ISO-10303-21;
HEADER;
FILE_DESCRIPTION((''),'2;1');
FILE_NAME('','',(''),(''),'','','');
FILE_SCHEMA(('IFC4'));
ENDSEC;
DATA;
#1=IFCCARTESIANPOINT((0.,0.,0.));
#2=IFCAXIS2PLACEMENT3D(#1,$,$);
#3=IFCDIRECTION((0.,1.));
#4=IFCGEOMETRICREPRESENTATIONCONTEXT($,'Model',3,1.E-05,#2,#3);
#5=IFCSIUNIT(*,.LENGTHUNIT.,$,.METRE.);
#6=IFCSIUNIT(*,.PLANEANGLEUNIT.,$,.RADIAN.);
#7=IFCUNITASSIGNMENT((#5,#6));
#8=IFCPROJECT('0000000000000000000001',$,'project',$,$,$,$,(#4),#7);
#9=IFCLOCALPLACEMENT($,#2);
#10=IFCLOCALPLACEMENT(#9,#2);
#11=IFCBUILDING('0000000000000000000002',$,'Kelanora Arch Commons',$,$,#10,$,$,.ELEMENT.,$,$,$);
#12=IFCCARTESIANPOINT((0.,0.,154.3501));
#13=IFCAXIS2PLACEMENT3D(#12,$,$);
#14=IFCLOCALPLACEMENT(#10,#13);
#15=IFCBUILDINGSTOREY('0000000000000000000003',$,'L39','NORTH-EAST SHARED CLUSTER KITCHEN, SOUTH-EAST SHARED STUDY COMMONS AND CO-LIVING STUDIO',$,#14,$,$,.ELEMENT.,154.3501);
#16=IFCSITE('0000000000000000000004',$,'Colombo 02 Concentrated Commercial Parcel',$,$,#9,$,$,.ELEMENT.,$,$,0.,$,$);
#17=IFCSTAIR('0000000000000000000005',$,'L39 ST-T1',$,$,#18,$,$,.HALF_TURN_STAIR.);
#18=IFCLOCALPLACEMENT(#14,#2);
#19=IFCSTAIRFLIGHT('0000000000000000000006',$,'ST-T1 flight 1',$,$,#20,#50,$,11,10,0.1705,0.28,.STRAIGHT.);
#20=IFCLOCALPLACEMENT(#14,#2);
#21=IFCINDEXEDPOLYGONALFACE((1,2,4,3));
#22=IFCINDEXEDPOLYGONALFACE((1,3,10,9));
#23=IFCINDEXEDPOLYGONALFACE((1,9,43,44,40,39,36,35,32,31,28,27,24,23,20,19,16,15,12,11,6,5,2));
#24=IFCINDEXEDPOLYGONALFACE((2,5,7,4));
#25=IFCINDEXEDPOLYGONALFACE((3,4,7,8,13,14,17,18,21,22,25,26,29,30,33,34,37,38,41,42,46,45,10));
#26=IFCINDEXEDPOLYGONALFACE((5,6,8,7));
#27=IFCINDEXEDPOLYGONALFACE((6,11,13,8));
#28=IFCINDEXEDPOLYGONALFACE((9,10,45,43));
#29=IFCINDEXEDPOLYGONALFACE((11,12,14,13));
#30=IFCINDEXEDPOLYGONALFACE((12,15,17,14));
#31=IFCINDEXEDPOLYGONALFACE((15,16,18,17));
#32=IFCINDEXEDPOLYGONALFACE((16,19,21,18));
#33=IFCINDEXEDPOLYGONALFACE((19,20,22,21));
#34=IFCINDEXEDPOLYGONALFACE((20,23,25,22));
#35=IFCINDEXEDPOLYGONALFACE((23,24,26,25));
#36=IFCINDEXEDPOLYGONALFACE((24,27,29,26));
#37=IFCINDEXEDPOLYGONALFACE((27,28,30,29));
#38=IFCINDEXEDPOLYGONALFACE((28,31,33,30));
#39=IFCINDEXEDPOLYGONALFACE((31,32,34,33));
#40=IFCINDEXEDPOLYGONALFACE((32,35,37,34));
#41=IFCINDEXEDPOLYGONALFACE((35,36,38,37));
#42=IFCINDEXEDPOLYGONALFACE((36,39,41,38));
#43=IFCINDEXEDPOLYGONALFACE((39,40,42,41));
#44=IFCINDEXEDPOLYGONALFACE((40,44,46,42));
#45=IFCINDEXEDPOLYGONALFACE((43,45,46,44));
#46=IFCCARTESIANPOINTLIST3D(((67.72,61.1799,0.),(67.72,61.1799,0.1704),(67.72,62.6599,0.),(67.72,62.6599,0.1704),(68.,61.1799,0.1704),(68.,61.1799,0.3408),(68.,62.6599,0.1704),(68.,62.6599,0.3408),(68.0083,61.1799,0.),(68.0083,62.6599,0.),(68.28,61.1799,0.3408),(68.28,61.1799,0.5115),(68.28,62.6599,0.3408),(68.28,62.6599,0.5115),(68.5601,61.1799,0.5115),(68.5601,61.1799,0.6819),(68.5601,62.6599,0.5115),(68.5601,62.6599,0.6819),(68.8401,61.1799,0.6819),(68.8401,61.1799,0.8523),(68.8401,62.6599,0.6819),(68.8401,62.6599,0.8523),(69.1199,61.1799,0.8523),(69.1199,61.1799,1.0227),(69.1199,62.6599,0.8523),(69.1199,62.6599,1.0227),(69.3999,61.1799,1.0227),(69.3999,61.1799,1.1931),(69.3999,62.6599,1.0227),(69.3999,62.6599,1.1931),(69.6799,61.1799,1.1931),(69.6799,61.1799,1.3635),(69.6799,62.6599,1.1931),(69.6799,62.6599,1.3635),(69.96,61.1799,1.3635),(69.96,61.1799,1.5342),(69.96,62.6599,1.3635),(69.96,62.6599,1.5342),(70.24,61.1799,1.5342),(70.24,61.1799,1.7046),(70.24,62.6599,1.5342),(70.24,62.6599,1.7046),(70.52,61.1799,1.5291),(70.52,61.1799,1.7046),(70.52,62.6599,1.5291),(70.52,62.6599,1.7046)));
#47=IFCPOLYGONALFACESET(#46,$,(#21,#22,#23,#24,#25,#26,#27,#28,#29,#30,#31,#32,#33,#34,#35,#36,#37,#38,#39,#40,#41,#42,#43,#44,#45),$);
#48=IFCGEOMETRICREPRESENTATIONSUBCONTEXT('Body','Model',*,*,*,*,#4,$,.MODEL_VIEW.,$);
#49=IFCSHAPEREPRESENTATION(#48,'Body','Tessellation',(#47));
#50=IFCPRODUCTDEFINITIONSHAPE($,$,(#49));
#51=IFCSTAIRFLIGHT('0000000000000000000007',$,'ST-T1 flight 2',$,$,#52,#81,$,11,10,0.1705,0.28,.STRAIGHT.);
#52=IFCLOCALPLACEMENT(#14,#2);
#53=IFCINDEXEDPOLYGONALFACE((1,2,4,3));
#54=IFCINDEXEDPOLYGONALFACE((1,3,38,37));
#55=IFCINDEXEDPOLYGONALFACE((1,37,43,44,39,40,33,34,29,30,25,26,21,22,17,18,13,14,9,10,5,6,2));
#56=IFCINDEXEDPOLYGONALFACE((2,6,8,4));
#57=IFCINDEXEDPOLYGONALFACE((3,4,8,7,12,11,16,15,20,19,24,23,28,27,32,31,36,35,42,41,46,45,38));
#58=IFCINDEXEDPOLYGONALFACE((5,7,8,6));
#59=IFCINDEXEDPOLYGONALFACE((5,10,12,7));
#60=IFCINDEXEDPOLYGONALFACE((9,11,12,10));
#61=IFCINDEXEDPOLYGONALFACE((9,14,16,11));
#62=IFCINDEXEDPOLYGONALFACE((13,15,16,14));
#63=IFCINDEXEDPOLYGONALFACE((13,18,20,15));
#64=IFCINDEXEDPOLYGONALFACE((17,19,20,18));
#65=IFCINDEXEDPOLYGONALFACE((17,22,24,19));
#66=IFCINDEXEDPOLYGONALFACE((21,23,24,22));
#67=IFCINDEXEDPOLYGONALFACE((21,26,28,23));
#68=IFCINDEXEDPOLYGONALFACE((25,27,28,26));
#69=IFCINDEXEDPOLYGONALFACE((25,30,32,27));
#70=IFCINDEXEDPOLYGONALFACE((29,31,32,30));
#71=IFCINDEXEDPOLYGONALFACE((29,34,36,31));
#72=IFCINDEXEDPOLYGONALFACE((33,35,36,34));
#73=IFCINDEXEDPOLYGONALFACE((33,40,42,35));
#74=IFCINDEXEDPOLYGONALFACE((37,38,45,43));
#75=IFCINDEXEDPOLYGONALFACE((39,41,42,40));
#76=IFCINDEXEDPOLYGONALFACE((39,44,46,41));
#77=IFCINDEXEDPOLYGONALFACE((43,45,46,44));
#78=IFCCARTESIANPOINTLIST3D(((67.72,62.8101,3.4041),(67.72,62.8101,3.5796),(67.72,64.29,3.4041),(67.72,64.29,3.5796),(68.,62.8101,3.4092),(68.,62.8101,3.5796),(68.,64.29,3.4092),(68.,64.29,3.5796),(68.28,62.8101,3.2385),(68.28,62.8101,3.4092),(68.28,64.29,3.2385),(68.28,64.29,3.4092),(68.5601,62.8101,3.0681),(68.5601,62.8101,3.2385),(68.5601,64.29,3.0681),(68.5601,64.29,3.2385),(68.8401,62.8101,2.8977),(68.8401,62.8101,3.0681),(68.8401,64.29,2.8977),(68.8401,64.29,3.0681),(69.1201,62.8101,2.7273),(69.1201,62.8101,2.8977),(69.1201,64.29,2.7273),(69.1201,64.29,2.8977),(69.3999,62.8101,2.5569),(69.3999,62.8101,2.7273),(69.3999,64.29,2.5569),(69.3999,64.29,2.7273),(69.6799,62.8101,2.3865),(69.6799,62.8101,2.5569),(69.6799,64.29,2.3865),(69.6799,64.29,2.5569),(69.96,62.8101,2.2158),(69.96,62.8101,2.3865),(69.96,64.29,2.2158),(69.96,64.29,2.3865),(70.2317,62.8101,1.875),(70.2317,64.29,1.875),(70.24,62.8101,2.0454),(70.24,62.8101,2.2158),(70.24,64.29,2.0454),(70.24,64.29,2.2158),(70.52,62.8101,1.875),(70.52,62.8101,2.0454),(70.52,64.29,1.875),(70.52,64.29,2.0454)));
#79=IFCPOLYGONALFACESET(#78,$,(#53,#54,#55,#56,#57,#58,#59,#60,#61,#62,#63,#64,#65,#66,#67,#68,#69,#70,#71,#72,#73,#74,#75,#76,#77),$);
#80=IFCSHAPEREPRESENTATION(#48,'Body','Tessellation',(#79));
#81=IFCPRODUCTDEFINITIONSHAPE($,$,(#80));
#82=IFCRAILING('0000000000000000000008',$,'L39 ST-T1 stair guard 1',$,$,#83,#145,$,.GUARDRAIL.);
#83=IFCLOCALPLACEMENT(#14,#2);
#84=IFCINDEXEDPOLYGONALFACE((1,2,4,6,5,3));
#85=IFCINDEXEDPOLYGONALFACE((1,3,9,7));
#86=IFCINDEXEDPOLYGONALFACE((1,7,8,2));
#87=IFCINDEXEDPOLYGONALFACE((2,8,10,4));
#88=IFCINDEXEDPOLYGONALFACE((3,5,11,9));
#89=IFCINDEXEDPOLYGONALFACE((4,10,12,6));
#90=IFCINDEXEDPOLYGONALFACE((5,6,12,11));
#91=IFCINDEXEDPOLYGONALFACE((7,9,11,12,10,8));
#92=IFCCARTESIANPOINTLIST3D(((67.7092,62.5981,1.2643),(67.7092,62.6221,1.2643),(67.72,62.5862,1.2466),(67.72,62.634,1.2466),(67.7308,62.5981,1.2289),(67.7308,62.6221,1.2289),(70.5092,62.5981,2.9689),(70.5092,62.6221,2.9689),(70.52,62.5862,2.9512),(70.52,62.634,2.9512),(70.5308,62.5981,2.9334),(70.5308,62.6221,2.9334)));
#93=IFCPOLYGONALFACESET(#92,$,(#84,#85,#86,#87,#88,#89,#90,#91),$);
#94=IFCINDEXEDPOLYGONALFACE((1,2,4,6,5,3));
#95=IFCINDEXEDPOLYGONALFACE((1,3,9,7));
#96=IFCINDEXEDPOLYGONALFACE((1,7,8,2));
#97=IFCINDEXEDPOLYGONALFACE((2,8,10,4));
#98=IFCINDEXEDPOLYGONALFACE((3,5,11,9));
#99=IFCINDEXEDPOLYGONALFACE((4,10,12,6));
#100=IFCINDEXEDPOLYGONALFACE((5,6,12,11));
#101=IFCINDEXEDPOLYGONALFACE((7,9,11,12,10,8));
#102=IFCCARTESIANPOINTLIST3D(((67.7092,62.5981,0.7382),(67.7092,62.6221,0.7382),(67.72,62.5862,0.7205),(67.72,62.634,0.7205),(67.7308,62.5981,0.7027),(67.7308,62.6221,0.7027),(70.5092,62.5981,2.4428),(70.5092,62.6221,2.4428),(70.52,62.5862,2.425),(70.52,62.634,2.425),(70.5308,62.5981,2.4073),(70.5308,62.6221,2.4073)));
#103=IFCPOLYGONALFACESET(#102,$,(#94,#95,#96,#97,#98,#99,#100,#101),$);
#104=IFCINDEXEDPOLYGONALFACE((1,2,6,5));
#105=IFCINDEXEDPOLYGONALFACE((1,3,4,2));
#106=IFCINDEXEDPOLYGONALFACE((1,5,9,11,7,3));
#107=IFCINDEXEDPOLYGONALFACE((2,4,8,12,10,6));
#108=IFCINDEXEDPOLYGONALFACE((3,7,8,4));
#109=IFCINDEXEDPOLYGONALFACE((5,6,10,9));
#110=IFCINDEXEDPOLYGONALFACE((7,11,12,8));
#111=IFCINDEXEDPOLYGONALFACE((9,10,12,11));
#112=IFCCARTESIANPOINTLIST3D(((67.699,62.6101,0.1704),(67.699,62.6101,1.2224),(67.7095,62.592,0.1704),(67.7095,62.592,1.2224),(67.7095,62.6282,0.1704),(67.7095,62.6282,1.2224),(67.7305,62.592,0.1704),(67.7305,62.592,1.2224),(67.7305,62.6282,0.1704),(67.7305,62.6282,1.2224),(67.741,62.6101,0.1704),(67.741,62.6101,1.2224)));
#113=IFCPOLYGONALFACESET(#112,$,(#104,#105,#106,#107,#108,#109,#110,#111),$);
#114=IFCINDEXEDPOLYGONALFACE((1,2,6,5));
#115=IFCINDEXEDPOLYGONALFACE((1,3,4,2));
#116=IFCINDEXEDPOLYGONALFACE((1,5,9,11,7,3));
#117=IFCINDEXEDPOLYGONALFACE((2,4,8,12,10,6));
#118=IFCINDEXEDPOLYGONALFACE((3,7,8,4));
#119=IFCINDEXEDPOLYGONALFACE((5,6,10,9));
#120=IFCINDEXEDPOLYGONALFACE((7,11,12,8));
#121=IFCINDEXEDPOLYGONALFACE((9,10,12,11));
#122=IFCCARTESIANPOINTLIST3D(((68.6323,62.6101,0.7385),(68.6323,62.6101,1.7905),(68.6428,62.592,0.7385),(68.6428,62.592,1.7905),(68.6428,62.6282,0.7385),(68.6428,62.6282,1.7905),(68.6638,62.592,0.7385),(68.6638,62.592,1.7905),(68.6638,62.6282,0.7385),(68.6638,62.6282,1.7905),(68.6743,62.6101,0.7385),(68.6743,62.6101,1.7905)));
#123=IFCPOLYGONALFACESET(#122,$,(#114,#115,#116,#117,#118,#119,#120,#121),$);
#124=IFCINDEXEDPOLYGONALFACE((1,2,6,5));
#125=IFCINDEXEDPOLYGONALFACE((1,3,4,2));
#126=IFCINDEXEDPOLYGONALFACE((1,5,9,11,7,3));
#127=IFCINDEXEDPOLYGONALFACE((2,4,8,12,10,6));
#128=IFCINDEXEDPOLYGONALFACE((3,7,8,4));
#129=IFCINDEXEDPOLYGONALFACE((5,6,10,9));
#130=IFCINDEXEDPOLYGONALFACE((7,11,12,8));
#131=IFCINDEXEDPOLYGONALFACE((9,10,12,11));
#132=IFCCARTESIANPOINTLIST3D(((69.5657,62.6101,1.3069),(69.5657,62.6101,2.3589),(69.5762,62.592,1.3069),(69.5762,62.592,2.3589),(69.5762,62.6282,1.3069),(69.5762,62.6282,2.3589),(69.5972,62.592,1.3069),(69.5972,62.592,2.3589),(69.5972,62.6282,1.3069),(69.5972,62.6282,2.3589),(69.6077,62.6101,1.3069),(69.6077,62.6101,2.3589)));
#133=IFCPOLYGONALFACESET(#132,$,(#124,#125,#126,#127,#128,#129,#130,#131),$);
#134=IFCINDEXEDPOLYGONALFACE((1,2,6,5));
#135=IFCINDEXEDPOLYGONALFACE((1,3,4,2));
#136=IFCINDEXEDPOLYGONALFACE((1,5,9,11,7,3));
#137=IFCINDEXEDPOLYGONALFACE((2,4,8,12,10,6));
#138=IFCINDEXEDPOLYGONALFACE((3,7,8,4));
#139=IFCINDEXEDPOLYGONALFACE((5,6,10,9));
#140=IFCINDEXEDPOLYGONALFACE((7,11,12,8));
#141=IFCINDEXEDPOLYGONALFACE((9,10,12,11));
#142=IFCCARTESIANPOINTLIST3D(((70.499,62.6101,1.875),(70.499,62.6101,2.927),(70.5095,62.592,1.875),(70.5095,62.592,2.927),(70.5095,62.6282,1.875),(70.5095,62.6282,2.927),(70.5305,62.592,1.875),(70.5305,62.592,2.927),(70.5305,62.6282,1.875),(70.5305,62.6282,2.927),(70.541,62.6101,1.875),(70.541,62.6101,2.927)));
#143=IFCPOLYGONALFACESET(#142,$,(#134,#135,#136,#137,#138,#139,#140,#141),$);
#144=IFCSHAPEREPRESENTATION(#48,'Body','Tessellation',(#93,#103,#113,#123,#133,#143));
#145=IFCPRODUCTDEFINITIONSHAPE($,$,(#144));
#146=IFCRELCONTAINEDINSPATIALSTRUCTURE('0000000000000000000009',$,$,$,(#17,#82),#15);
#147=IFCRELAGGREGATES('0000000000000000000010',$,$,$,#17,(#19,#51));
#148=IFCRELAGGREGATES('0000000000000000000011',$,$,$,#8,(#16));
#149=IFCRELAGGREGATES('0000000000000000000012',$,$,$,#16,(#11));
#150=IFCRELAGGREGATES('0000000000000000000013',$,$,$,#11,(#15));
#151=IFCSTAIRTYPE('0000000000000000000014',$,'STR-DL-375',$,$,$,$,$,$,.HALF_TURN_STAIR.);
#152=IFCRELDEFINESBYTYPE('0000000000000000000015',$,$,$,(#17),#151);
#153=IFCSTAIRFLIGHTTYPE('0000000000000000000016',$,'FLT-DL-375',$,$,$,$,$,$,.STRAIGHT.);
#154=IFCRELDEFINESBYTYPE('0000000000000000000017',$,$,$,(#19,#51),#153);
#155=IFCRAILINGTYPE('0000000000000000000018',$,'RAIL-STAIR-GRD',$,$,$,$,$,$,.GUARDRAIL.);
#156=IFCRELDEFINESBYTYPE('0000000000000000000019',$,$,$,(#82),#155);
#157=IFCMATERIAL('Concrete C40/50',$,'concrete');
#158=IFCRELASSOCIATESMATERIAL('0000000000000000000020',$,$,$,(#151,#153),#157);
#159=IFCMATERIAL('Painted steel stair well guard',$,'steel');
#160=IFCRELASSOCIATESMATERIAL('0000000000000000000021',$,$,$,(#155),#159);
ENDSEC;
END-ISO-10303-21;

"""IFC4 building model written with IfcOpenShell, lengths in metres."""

from ifc_helpers import new_model, si_unit, direction, frame, origin, place, context, subcontext, project, spatial, polyline, outline, extrude, material, type_object, element, aggregate, save


model = new_model("IFC4")

# Units and contexts
model_context = context("Model", 3, precision=1e-05, world=origin(), true_north=direction((0.0, 1.0)))
body_context = subcontext(model_context, "Body", "Model", "MODEL_VIEW")
ifc_project = project(units=[si_unit("LENGTHUNIT", "METRE"), si_unit("PLANEANGLEUNIT", "RADIAN")], contexts=[model_context])

# Site, building, storey
site_placement = place(None, origin())
site = spatial("IfcSite", under=ifc_project, at=site_placement, Name="Colombo 02 Concentrated Commercial Parcel", CompositionType="ELEMENT", RefElevation=0.0)
building_placement = place(site_placement, origin())
building = spatial("IfcBuilding", under=site, at=building_placement, Name="Kelanora Arch Commons", CompositionType="ELEMENT")
storey_placement = place(building_placement, frame((0.0, 0.0, 154.3501)))
storey = spatial("IfcBuildingStorey", under=building, at=storey_placement, Name="L39", Description="NORTH-EAST SHARED CLUSTER KITCHEN, SOUTH-EAST SHARED STUDY COMMONS AND CO-LIVING STUDIO", CompositionType="ELEMENT", Elevation=154.3501)

# Shared definitions
ifc_material_1 = material(Name="Concrete C40/50", Category="concrete")

# Stair, stair flights
stair_type = type_object("IfcStairType", Name="STR-DL-375", PredefinedType="HALF_TURN_STAIR", material=ifc_material_1)
stair_placement = place(storey_placement, origin())
stair = element("IfcStair", 1, at=stair_placement, inside=storey, type_object=stair_type, Name="L39 ST-T1", PredefinedType="HALF_TURN_STAIR")
stair_flight_type = type_object("IfcStairFlightType", Name="FLT-DL-375", PredefinedType="STRAIGHT", material=ifc_material_1)
stair_flight_1_placement = place(storey_placement, frame((67.72, 61.9199, 0.0), z_axis=(0.0, 0.0, 1.0), x_axis=(1.0, 0.0, 0.0)))
stair_flight_1 = element("IfcStairFlight", 2, at=stair_flight_1_placement, type_object=stair_flight_type, Name="ST-T1 flight 1", NumberOfRisers=11, NumberOfTreads=10, PredefinedType="STRAIGHT", RiserHeight=0.1705, TreadLength=0.28, context=body_context, shape_type="SweptSolid", body=[
    extrude(outline(polyline([(0.0, 0.0), (0.0, 0.1704), (0.28, 0.1704), (0.28, 0.3408), (0.5601, 0.3408), (0.5601, 0.5115), (0.8401, 0.5115), (0.8401, 0.6819), (1.1201, 0.6819), (1.1201, 0.8523), (1.3999, 0.8523), (1.3999, 1.0227), (1.6799, 1.0227), (1.6799, 1.1931), (1.96, 1.1931), (1.96, 1.3635), (2.24, 1.3635), (2.24, 1.5342), (2.52, 1.5342), (2.52, 1.7046), (2.8, 1.7046), (2.8, 1.875), (2.8, 1.5291), (0.2883, 0.0), (0.0, 0.0)])), frame((0.0, 0.74, 0.0), z_axis=(0.0, -1.0, 0.0), x_axis=(1.0, 0.0, 0.0)), (0.0, 0.0, 1.0), 1.48),
])
stair_flight_2_placement = place(storey_placement, frame((70.52, 63.55, 1.875), z_axis=(0.0, 0.0, 1.0), x_axis=(-1.0, 0.0, 0.0)))
stair_flight_2 = element("IfcStairFlight", 3, at=stair_flight_2_placement, type_object=stair_flight_type, Name="ST-T1 flight 2", NumberOfRisers=11, NumberOfTreads=10, PredefinedType="STRAIGHT", RiserHeight=0.1705, TreadLength=0.28, context=body_context, shape_type="SweptSolid", body=[
    extrude(outline(polyline([(0.0, 0.0), (0.0, 0.1704), (0.28, 0.1704), (0.28, 0.3408), (0.5601, 0.3408), (0.5601, 0.5115), (0.8401, 0.5115), (0.8401, 0.6819), (1.1201, 0.6819), (1.1201, 0.8523), (1.3999, 0.8523), (1.3999, 1.0227), (1.6799, 1.0227), (1.6799, 1.1931), (1.96, 1.1931), (1.96, 1.3635), (2.24, 1.3635), (2.24, 1.5342), (2.52, 1.5342), (2.52, 1.7046), (2.8, 1.7046), (2.8, 1.875), (2.8, 1.5291), (0.2883, 0.0), (0.0, 0.0)])), frame((0.0, 0.74, 0.0), z_axis=(0.0, -1.0, 0.0), x_axis=(1.0, 0.0, 0.0)), (0.0, 0.0, 1.0), 1.48),
])
aggregate(stair, [stair_flight_1, stair_flight_2])

# Railing
ifc_material_2 = material(Name="Painted steel stair well guard", Category="steel")
railing_type_1 = type_object("IfcRailingType", Name="RAIL-STAIR-GRD", PredefinedType="GUARDRAIL", material=ifc_material_2)
railing_1_placement = place(storey_placement, frame((67.72, 62.6101, 0.1704)))
element("IfcRailing", 4, at=railing_1_placement, inside=storey, type_object=railing_type_1, Name="L39 ST-T1 stair guard 1", PredefinedType="GUARDRAIL", context=body_context, shape_type="SweptSolid", body=[
    extrude(outline(polyline([(0.0239, 0.0), (0.012, 0.0208), (-0.012, 0.0208), (-0.0239, 0.0), (-0.012, -0.0208), (0.012, -0.0208), (0.0239, 0.0)])), frame((0.0, 0.0, 1.0762), z_axis=(0.85417, 0.0, 0.519994), x_axis=(0.0, 1.0, 0.0)), (0.0, 0.0, 1.0), 3.2781),
    extrude(outline(polyline([(0.0239, 0.0), (0.012, 0.0208), (-0.012, 0.0208), (-0.0239, 0.0), (-0.012, -0.0208), (0.012, -0.0208), (0.0239, 0.0)])), frame((0.0, 0.0, 0.55), z_axis=(0.85417, 0.0, 0.519994), x_axis=(0.0, 1.0, 0.0)), (0.0, 0.0, 1.0), 3.2781),
    extrude(outline(polyline([(0.021, 0.0), (0.0105, 0.0181), (-0.0105, 0.0181), (-0.021, 0.0), (-0.0105, -0.0181), (0.0105, -0.0181), (0.021, 0.0)])), origin(), (0.0, 0.0, 1.0), 1.052),
    extrude(outline(polyline([(0.021, 0.0), (0.0105, 0.0181), (-0.0105, 0.0181), (-0.021, 0.0), (-0.0105, -0.0181), (0.0105, -0.0181), (0.021, 0.0)])), frame((0.9333, 0.0, 0.5681)), (0.0, 0.0, 1.0), 1.052),
    extrude(outline(polyline([(0.021, 0.0), (0.0105, 0.0181), (-0.0105, 0.0181), (-0.021, 0.0), (-0.0105, -0.0181), (0.0105, -0.0181), (0.021, 0.0)])), frame((1.8667, 0.0, 1.1365)), (0.0, 0.0, 1.0), 1.052),
    extrude(outline(polyline([(0.021, 0.0), (0.0105, 0.0181), (-0.0105, 0.0181), (-0.021, 0.0), (-0.0105, -0.0181), (0.0105, -0.0181), (0.021, 0.0)])), frame((2.8, 0.0, 1.7046)), (0.0, 0.0, 1.0), 1.052),
])

save(model, "model.ifc")
